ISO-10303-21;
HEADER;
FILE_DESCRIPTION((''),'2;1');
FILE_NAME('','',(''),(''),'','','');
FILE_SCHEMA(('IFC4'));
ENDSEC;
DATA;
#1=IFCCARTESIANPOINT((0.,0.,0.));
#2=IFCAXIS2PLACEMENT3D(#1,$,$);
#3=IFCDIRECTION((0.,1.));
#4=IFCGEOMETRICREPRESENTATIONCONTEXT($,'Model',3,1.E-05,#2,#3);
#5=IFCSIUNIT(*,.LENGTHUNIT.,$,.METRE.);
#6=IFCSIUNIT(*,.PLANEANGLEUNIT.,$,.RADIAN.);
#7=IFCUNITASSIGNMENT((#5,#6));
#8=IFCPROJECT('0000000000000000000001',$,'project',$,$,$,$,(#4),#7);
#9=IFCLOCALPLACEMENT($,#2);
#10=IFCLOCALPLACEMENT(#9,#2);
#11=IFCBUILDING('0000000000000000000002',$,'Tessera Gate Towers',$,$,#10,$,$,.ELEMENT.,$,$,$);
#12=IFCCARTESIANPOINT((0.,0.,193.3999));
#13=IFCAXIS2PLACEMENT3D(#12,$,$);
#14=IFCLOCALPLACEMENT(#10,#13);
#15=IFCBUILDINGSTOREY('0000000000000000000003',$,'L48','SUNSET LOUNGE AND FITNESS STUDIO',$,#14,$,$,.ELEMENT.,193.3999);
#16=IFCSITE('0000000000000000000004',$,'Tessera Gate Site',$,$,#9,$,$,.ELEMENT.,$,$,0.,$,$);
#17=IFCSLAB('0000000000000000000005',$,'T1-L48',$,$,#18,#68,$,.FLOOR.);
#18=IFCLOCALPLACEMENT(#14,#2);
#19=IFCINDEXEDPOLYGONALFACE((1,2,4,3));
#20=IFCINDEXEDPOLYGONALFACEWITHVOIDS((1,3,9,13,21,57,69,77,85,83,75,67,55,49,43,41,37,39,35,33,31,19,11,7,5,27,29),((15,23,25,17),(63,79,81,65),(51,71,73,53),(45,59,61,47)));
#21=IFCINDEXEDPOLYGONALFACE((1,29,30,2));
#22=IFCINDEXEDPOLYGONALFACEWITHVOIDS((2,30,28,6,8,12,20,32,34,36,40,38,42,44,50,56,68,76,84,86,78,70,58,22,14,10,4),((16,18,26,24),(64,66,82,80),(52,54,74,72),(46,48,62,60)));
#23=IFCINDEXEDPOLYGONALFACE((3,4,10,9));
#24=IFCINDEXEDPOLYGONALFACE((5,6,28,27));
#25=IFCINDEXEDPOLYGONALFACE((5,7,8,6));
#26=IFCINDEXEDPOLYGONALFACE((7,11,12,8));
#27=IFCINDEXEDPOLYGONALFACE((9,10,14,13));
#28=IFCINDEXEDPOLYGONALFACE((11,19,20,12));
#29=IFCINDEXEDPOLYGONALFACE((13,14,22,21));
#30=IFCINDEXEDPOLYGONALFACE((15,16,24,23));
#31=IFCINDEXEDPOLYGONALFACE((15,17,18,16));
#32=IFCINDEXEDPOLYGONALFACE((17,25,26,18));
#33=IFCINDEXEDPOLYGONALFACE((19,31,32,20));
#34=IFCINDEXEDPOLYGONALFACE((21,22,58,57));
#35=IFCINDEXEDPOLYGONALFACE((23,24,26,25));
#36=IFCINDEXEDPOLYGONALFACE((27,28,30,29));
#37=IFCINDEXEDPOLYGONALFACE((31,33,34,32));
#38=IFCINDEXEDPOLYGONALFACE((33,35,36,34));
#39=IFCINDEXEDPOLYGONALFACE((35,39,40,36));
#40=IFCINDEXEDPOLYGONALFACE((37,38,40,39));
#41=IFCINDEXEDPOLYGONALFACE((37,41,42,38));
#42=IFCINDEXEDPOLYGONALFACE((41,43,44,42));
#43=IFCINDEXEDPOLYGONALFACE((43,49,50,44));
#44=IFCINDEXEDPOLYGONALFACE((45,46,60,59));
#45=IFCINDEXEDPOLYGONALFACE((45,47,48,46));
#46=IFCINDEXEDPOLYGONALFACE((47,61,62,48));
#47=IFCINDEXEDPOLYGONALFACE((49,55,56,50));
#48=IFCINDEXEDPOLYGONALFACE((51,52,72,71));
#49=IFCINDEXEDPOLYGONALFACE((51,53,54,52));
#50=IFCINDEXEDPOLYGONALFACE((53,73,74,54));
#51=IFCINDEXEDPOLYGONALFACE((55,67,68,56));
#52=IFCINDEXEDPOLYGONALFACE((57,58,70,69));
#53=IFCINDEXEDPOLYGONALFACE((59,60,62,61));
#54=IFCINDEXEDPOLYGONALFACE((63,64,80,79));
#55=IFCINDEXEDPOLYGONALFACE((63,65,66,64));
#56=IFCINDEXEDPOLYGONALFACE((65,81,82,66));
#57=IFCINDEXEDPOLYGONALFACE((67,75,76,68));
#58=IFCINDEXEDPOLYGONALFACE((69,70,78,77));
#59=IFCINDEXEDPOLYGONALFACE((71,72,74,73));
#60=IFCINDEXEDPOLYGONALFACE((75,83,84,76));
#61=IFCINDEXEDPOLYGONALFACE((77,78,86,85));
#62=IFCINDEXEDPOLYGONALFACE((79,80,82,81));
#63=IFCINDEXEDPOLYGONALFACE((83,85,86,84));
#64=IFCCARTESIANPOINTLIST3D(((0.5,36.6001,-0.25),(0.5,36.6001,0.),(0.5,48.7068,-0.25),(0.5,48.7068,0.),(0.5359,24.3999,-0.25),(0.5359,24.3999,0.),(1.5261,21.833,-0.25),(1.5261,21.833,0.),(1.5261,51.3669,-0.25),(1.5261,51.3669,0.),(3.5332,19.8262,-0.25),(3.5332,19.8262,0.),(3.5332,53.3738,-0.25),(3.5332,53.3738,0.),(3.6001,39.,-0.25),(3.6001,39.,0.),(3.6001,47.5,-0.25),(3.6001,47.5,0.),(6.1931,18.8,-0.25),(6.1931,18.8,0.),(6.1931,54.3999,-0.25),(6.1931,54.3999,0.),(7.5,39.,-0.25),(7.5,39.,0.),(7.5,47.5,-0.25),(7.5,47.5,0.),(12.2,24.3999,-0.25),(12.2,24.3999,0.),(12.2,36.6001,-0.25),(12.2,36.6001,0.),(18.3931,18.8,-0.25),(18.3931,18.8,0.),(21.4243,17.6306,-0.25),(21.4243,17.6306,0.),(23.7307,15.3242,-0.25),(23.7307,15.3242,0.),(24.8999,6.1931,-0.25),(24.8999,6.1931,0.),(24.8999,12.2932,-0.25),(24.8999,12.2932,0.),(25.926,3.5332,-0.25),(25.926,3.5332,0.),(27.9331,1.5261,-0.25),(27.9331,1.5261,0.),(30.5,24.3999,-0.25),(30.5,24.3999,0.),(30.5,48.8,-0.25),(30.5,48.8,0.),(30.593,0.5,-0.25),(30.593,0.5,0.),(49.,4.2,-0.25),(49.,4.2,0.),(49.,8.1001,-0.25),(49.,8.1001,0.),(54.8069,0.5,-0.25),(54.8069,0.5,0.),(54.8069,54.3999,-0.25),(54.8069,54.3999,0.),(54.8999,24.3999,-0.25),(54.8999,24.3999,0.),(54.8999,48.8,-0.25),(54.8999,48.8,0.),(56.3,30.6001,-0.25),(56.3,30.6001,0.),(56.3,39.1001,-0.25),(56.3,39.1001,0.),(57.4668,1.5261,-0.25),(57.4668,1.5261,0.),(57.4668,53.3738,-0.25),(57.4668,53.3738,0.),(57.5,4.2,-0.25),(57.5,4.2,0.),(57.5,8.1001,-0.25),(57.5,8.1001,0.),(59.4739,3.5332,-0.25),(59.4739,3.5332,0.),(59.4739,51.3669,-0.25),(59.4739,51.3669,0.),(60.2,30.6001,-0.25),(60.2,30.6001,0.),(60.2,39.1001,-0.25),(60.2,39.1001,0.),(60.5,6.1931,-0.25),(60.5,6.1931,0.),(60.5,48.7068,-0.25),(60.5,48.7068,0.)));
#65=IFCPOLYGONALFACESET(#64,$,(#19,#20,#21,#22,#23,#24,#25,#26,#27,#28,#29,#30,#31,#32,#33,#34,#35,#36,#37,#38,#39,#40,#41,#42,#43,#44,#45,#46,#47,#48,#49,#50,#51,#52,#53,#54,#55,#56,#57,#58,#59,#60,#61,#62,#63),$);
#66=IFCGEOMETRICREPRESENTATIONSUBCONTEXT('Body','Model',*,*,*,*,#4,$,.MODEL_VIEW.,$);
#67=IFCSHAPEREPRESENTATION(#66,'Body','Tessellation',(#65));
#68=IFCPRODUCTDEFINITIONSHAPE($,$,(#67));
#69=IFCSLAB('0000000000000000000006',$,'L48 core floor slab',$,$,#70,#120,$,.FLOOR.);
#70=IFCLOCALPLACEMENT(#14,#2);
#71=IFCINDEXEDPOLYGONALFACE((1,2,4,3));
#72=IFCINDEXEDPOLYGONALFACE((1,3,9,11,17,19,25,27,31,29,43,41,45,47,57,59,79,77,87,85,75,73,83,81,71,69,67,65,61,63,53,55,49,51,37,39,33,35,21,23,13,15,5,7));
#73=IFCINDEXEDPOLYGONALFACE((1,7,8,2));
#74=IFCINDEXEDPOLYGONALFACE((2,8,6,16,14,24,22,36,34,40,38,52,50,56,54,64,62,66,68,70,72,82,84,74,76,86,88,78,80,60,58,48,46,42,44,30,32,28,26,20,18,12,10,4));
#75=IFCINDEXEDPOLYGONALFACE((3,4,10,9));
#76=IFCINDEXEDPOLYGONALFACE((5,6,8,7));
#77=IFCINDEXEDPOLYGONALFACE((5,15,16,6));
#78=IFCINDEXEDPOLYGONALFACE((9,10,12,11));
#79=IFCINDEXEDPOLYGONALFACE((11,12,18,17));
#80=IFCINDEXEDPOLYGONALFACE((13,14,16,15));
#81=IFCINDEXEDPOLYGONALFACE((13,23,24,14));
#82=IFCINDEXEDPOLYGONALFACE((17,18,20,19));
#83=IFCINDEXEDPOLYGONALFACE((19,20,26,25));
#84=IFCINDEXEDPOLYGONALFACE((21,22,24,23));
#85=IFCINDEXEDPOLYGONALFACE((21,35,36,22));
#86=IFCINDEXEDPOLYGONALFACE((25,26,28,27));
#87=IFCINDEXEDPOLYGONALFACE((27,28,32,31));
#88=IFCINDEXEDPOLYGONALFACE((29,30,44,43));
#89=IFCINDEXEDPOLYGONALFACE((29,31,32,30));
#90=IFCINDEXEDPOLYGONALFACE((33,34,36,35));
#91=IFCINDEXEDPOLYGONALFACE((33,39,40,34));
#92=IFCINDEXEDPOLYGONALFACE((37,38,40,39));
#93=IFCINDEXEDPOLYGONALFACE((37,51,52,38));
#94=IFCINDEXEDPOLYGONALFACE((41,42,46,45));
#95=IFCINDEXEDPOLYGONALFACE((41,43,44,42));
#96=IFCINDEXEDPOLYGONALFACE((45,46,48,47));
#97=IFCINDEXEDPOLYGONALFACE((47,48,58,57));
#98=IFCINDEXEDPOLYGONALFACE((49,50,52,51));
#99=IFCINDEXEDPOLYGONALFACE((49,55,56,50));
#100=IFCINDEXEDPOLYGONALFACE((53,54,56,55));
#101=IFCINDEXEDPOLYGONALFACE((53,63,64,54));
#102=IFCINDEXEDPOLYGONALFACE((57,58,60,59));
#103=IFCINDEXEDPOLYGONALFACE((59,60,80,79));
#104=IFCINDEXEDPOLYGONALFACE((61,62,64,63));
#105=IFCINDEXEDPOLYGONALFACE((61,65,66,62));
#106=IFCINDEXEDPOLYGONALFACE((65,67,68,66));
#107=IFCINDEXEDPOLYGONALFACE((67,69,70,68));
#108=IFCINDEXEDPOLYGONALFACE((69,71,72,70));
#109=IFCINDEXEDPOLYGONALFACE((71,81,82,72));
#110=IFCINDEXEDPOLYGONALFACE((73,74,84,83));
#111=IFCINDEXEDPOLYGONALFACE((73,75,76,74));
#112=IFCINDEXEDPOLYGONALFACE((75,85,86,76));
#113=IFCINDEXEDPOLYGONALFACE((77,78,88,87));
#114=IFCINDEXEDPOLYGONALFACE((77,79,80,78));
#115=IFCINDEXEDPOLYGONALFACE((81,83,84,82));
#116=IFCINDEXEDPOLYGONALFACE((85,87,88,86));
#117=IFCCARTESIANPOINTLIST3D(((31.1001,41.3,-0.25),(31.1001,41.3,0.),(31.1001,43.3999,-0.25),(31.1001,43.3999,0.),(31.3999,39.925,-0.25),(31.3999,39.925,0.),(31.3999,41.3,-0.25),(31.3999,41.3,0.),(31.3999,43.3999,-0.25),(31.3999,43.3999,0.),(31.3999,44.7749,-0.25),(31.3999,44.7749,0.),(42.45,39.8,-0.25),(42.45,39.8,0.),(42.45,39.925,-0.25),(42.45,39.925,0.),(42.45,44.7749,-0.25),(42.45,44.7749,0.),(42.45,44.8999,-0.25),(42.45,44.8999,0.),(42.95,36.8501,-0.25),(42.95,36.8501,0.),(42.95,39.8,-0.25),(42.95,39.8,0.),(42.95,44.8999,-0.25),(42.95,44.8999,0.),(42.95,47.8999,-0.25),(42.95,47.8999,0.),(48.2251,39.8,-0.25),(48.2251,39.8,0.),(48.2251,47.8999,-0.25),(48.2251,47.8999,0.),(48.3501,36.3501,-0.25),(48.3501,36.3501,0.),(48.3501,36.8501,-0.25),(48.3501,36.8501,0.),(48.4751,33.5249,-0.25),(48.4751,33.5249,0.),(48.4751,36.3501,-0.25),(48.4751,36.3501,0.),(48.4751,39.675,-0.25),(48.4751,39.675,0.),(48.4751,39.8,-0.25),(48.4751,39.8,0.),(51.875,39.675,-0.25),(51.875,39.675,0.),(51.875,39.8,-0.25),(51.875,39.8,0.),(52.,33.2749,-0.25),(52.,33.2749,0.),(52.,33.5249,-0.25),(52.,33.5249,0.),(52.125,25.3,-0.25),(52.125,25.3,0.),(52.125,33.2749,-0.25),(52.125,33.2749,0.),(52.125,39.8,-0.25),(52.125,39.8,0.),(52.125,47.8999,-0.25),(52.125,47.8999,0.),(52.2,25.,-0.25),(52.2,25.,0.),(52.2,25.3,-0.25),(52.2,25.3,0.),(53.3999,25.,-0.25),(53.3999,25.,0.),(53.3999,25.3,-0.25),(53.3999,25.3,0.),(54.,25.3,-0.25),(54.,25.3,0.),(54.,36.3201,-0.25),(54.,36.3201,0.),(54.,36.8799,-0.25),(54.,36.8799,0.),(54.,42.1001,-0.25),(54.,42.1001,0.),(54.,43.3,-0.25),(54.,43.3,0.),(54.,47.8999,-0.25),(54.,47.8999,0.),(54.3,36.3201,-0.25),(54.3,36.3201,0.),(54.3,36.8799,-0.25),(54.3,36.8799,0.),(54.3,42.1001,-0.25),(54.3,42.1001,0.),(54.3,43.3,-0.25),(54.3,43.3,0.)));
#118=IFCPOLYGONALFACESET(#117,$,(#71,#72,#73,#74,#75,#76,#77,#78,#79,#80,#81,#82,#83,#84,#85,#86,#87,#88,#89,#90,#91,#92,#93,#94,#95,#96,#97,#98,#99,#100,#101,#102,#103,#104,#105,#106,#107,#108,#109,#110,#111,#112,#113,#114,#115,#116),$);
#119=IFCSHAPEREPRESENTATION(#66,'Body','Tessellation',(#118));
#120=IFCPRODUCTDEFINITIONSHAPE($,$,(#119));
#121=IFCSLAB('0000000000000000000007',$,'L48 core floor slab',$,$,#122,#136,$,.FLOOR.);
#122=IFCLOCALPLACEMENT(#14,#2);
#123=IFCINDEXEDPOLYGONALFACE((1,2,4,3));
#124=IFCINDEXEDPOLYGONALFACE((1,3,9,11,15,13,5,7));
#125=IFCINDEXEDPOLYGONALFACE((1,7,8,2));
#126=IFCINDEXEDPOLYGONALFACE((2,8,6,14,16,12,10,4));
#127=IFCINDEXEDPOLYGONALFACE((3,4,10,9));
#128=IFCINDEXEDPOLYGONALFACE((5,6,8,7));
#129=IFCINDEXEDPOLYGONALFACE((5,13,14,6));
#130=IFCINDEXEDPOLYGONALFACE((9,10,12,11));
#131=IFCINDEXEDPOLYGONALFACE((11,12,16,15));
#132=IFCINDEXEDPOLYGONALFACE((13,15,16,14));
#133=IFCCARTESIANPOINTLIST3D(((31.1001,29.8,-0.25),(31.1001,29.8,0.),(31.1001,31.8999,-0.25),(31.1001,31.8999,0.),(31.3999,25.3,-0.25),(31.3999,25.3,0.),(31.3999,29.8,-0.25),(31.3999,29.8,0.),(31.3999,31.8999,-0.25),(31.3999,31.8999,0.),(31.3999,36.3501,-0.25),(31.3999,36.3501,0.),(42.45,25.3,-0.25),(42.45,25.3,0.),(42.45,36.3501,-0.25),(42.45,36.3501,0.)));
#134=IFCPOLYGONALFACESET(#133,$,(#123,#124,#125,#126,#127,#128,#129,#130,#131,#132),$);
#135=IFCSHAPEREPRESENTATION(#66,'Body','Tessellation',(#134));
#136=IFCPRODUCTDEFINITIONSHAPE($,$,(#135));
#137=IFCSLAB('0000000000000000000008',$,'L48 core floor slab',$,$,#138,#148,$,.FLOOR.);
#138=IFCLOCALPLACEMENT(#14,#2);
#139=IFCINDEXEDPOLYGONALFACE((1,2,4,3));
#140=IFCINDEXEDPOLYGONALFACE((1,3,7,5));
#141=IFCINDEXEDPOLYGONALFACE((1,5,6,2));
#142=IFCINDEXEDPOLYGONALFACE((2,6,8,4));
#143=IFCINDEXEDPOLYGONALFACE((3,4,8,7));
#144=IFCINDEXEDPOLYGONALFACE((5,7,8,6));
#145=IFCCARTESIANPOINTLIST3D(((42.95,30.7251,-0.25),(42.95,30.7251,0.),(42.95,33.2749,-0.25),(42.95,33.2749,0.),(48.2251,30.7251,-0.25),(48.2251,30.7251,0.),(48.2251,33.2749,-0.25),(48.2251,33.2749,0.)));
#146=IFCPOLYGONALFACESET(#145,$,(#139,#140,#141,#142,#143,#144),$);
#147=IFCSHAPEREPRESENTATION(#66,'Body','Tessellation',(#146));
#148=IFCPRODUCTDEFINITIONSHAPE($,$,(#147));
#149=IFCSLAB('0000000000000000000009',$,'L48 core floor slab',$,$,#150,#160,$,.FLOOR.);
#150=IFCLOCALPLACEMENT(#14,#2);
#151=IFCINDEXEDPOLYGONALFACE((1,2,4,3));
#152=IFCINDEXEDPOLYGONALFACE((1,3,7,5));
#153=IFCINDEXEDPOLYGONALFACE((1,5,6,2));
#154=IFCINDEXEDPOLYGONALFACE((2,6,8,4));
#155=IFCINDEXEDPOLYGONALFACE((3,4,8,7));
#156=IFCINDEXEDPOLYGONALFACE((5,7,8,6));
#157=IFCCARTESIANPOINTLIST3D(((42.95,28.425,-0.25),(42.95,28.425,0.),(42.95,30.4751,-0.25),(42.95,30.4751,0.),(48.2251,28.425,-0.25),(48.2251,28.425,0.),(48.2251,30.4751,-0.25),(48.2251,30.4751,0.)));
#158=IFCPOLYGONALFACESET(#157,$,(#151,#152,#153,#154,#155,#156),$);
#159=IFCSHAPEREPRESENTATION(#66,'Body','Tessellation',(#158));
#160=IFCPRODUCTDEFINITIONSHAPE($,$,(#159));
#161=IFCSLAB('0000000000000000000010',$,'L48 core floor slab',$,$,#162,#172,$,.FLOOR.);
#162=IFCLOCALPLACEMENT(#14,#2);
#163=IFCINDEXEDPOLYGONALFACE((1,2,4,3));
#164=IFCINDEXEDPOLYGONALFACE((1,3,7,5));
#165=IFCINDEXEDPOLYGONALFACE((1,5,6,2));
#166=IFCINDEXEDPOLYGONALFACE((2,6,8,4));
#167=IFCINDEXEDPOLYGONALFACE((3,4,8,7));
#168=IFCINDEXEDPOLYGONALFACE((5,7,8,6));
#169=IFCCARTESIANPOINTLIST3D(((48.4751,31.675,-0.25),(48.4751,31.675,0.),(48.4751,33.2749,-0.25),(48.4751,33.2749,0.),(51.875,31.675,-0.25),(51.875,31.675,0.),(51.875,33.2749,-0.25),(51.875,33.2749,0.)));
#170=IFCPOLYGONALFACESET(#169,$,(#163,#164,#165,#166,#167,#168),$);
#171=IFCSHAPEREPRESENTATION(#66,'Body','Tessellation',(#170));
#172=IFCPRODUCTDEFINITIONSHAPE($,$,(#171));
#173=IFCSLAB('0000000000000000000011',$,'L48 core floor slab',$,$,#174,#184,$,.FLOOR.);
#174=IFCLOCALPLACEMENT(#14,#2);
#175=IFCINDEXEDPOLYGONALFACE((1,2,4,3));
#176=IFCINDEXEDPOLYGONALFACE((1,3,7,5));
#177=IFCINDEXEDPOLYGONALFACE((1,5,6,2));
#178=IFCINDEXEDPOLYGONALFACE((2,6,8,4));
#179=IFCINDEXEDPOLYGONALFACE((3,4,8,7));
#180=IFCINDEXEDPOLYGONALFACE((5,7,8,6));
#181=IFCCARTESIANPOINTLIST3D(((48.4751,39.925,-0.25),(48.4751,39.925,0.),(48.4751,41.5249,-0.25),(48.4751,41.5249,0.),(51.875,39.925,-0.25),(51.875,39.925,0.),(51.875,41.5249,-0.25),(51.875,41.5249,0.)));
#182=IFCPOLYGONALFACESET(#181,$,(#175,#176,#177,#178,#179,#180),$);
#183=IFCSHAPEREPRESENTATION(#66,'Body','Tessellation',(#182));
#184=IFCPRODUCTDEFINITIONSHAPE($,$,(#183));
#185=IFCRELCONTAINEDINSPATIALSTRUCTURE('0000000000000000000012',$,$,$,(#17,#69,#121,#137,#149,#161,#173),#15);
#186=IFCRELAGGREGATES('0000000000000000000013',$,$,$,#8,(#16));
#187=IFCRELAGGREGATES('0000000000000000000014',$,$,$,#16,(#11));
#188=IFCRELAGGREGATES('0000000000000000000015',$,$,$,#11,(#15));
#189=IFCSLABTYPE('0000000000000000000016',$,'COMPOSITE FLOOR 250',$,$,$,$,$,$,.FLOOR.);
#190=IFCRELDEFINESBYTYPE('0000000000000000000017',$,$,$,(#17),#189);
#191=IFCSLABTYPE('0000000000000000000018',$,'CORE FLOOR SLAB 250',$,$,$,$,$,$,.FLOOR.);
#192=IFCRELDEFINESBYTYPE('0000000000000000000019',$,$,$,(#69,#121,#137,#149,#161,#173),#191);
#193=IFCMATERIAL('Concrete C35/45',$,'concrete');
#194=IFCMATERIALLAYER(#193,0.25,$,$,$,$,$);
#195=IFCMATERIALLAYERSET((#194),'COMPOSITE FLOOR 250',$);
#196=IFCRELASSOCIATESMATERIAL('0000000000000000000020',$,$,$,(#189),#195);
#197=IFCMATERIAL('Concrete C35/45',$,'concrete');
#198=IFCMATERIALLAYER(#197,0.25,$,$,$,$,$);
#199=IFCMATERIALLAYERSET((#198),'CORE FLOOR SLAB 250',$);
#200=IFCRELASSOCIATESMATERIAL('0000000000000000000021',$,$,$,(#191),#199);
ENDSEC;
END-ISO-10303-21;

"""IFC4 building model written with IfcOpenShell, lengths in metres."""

from ifc_helpers import new_model, si_unit, direction, frame, origin, place, context, subcontext, project, spatial, polyline, outline, extrude, material, layer, layer_set, type_object, element, save


model = new_model("IFC4")

# Units and contexts
model_context = context("Model", 3, precision=1e-05, world=origin(), true_north=direction((0.0, 1.0)))
body_context = subcontext(model_context, "Body", "Model", "MODEL_VIEW")
ifc_project = project(units=[si_unit("LENGTHUNIT", "METRE"), si_unit("PLANEANGLEUNIT", "RADIAN")], contexts=[model_context])

# Site, building, storey
site_placement = place(None, origin())
site = spatial("IfcSite", under=ifc_project, at=site_placement, Name="Tessera Gate Site", CompositionType="ELEMENT", RefElevation=0.0)
building_placement = place(site_placement, origin())
building = spatial("IfcBuilding", under=site, at=building_placement, Name="Tessera Gate Towers", CompositionType="ELEMENT")
storey_placement = place(building_placement, frame((0.0, 0.0, 193.3999)))
storey = spatial("IfcBuildingStorey", under=building, at=storey_placement, Name="L48", Description="SUNSET LOUNGE AND FITNESS STUDIO", CompositionType="ELEMENT", Elevation=193.3999)

# Slabs
ifc_material_1 = material(Name="Concrete C35/45", Category="concrete")
ifc_layer_1 = layer(ifc_material_1, 0.25)
ifc_layer_set_1 = layer_set([ifc_layer_1], Name="COMPOSITE FLOOR 250")
slab_type_1 = type_object("IfcSlabType", Name="COMPOSITE FLOOR 250", PredefinedType="FLOOR", material=ifc_layer_set_1)
slab_1_placement = place(storey_placement, frame((0.0, 0.0, -0.25)))
element("IfcSlab", 1, at=slab_1_placement, inside=storey, type_object=slab_type_1, Name="T1-L48", PredefinedType="FLOOR", context=body_context, shape_type="SweptSolid", body=[
    extrude(outline(polyline([(0.5, 36.6001), (12.2, 36.6001), (12.2, 24.3999), (0.5359, 24.3999), (1.5261, 21.833), (3.5332, 19.8262), (6.1931, 18.8), (18.3931, 18.8), (21.4243, 17.6306), (23.7307, 15.3242), (24.8999, 12.2932), (24.8999, 6.1931), (25.926, 3.5332), (27.9331, 1.5261), (30.593, 0.5), (54.8069, 0.5), (57.4668, 1.5261), (59.4739, 3.5332), (60.5, 6.1931), (60.5, 48.7068), (59.4739, 51.3669), (57.4668, 53.3738), (54.8069, 54.3999), (6.1931, 54.3999), (3.5332, 53.3738), (1.5261, 51.3669), (0.5, 48.7068), (0.5, 36.6001)]), holes=[polyline([(3.6001, 39.0), (3.6001, 47.5), (7.5, 47.5), (7.5, 39.0), (3.6001, 39.0)]), polyline([(30.5, 24.3999), (30.5, 48.8), (54.8999, 48.8), (54.8999, 24.3999), (30.5, 24.3999)]), polyline([(49.0, 4.2), (49.0, 8.1001), (57.5, 8.1001), (57.5, 4.2), (49.0, 4.2)]), polyline([(56.3, 30.6001), (56.3, 39.1001), (60.2, 39.1001), (60.2, 30.6001), (56.3, 30.6001)])]), origin(), (0.0, 0.0, 1.0), 0.25),
])
ifc_material_2 = material(Name="Concrete C35/45", Category="concrete")
ifc_layer_2 = layer(ifc_material_2, 0.25)
ifc_layer_set_2 = layer_set([ifc_layer_2], Name="CORE FLOOR SLAB 250")
slab_type_2 = type_object("IfcSlabType", Name="CORE FLOOR SLAB 250", PredefinedType="FLOOR", material=ifc_layer_set_2)
slab_2_placement = place(storey_placement, frame((0.0, 0.0, -0.25)))
element("IfcSlab", 2, at=slab_2_placement, inside=storey, type_object=slab_type_2, Name="L48 core floor slab", PredefinedType="FLOOR", context=body_context, shape_type="SweptSolid", body=[
    extrude(outline(polyline([(42.45, 44.8999), (42.45, 44.7749), (31.3999, 44.7749), (31.3999, 43.3999), (31.1001, 43.3999), (31.1001, 41.3), (31.3999, 41.3), (31.3999, 39.925), (42.45, 39.925), (42.45, 39.8), (42.95, 39.8), (42.95, 36.8501), (48.3501, 36.8501), (48.3501, 36.3501), (48.4751, 36.3501), (48.4751, 33.5249), (52.0, 33.5249), (52.0, 33.2749), (52.125, 33.2749), (52.125, 25.3), (52.2, 25.3), (52.2, 25.0), (53.3999, 25.0), (53.3999, 25.3), (54.0, 25.3), (54.0, 36.3201), (54.3, 36.3201), (54.3, 36.8799), (54.0, 36.8799), (54.0, 42.1001), (54.3, 42.1001), (54.3, 43.3), (54.0, 43.3), (54.0, 47.8999), (52.125, 47.8999), (52.125, 39.8), (51.875, 39.8), (51.875, 39.675), (48.4751, 39.675), (48.4751, 39.8), (48.2251, 39.8), (48.2251, 47.8999), (42.95, 47.8999), (42.95, 44.8999), (42.45, 44.8999)])), origin(), (0.0, 0.0, 1.0), 0.25),
])
slab_3_placement = place(storey_placement, frame((0.0, 0.0, -0.25)))
element("IfcSlab", 3, at=slab_3_placement, inside=storey, type_object=slab_type_2, Name="L48 core floor slab", PredefinedType="FLOOR", context=body_context, shape_type="SweptSolid", body=[
    extrude(outline(polyline([(31.3999, 36.3501), (31.3999, 31.8999), (31.1001, 31.8999), (31.1001, 29.8), (31.3999, 29.8), (31.3999, 25.3), (42.45, 25.3), (42.45, 36.3501), (31.3999, 36.3501)])), origin(), (0.0, 0.0, 1.0), 0.25),
])
slab_4_placement = place(storey_placement, frame((0.0, 0.0, -0.25)))
element("IfcSlab", 4, at=slab_4_placement, inside=storey, type_object=slab_type_2, Name="L48 core floor slab", PredefinedType="FLOOR", context=body_context, shape_type="SweptSolid", body=[
    extrude(outline(polyline([(42.95, 33.2749), (42.95, 30.7251), (48.2251, 30.7251), (48.2251, 33.2749), (42.95, 33.2749)])), origin(), (0.0, 0.0, 1.0), 0.25),
])
slab_5_placement = place(storey_placement, frame((0.0, 0.0, -0.25)))
element("IfcSlab", 5, at=slab_5_placement, inside=storey, type_object=slab_type_2, Name="L48 core floor slab", PredefinedType="FLOOR", context=body_context, shape_type="SweptSolid", body=[
    extrude(outline(polyline([(48.2251, 30.4751), (42.95, 30.4751), (42.95, 28.425), (48.2251, 28.425), (48.2251, 30.4751)])), origin(), (0.0, 0.0, 1.0), 0.25),
])
slab_6_placement = place(storey_placement, frame((0.0, 0.0, -0.25)))
element("IfcSlab", 6, at=slab_6_placement, inside=storey, type_object=slab_type_2, Name="L48 core floor slab", PredefinedType="FLOOR", context=body_context, shape_type="SweptSolid", body=[
    extrude(outline(polyline([(51.875, 31.675), (51.875, 33.2749), (48.4751, 33.2749), (48.4751, 31.675), (51.875, 31.675)])), origin(), (0.0, 0.0, 1.0), 0.25),
])
slab_7_placement = place(storey_placement, frame((0.0, 0.0, -0.25)))
element("IfcSlab", 7, at=slab_7_placement, inside=storey, type_object=slab_type_2, Name="L48 core floor slab", PredefinedType="FLOOR", context=body_context, shape_type="SweptSolid", body=[
    extrude(outline(polyline([(48.4751, 41.5249), (48.4751, 39.925), (51.875, 39.925), (51.875, 41.5249), (48.4751, 41.5249)])), origin(), (0.0, 0.0, 1.0), 0.25),
])

save(model, "model.ifc")
